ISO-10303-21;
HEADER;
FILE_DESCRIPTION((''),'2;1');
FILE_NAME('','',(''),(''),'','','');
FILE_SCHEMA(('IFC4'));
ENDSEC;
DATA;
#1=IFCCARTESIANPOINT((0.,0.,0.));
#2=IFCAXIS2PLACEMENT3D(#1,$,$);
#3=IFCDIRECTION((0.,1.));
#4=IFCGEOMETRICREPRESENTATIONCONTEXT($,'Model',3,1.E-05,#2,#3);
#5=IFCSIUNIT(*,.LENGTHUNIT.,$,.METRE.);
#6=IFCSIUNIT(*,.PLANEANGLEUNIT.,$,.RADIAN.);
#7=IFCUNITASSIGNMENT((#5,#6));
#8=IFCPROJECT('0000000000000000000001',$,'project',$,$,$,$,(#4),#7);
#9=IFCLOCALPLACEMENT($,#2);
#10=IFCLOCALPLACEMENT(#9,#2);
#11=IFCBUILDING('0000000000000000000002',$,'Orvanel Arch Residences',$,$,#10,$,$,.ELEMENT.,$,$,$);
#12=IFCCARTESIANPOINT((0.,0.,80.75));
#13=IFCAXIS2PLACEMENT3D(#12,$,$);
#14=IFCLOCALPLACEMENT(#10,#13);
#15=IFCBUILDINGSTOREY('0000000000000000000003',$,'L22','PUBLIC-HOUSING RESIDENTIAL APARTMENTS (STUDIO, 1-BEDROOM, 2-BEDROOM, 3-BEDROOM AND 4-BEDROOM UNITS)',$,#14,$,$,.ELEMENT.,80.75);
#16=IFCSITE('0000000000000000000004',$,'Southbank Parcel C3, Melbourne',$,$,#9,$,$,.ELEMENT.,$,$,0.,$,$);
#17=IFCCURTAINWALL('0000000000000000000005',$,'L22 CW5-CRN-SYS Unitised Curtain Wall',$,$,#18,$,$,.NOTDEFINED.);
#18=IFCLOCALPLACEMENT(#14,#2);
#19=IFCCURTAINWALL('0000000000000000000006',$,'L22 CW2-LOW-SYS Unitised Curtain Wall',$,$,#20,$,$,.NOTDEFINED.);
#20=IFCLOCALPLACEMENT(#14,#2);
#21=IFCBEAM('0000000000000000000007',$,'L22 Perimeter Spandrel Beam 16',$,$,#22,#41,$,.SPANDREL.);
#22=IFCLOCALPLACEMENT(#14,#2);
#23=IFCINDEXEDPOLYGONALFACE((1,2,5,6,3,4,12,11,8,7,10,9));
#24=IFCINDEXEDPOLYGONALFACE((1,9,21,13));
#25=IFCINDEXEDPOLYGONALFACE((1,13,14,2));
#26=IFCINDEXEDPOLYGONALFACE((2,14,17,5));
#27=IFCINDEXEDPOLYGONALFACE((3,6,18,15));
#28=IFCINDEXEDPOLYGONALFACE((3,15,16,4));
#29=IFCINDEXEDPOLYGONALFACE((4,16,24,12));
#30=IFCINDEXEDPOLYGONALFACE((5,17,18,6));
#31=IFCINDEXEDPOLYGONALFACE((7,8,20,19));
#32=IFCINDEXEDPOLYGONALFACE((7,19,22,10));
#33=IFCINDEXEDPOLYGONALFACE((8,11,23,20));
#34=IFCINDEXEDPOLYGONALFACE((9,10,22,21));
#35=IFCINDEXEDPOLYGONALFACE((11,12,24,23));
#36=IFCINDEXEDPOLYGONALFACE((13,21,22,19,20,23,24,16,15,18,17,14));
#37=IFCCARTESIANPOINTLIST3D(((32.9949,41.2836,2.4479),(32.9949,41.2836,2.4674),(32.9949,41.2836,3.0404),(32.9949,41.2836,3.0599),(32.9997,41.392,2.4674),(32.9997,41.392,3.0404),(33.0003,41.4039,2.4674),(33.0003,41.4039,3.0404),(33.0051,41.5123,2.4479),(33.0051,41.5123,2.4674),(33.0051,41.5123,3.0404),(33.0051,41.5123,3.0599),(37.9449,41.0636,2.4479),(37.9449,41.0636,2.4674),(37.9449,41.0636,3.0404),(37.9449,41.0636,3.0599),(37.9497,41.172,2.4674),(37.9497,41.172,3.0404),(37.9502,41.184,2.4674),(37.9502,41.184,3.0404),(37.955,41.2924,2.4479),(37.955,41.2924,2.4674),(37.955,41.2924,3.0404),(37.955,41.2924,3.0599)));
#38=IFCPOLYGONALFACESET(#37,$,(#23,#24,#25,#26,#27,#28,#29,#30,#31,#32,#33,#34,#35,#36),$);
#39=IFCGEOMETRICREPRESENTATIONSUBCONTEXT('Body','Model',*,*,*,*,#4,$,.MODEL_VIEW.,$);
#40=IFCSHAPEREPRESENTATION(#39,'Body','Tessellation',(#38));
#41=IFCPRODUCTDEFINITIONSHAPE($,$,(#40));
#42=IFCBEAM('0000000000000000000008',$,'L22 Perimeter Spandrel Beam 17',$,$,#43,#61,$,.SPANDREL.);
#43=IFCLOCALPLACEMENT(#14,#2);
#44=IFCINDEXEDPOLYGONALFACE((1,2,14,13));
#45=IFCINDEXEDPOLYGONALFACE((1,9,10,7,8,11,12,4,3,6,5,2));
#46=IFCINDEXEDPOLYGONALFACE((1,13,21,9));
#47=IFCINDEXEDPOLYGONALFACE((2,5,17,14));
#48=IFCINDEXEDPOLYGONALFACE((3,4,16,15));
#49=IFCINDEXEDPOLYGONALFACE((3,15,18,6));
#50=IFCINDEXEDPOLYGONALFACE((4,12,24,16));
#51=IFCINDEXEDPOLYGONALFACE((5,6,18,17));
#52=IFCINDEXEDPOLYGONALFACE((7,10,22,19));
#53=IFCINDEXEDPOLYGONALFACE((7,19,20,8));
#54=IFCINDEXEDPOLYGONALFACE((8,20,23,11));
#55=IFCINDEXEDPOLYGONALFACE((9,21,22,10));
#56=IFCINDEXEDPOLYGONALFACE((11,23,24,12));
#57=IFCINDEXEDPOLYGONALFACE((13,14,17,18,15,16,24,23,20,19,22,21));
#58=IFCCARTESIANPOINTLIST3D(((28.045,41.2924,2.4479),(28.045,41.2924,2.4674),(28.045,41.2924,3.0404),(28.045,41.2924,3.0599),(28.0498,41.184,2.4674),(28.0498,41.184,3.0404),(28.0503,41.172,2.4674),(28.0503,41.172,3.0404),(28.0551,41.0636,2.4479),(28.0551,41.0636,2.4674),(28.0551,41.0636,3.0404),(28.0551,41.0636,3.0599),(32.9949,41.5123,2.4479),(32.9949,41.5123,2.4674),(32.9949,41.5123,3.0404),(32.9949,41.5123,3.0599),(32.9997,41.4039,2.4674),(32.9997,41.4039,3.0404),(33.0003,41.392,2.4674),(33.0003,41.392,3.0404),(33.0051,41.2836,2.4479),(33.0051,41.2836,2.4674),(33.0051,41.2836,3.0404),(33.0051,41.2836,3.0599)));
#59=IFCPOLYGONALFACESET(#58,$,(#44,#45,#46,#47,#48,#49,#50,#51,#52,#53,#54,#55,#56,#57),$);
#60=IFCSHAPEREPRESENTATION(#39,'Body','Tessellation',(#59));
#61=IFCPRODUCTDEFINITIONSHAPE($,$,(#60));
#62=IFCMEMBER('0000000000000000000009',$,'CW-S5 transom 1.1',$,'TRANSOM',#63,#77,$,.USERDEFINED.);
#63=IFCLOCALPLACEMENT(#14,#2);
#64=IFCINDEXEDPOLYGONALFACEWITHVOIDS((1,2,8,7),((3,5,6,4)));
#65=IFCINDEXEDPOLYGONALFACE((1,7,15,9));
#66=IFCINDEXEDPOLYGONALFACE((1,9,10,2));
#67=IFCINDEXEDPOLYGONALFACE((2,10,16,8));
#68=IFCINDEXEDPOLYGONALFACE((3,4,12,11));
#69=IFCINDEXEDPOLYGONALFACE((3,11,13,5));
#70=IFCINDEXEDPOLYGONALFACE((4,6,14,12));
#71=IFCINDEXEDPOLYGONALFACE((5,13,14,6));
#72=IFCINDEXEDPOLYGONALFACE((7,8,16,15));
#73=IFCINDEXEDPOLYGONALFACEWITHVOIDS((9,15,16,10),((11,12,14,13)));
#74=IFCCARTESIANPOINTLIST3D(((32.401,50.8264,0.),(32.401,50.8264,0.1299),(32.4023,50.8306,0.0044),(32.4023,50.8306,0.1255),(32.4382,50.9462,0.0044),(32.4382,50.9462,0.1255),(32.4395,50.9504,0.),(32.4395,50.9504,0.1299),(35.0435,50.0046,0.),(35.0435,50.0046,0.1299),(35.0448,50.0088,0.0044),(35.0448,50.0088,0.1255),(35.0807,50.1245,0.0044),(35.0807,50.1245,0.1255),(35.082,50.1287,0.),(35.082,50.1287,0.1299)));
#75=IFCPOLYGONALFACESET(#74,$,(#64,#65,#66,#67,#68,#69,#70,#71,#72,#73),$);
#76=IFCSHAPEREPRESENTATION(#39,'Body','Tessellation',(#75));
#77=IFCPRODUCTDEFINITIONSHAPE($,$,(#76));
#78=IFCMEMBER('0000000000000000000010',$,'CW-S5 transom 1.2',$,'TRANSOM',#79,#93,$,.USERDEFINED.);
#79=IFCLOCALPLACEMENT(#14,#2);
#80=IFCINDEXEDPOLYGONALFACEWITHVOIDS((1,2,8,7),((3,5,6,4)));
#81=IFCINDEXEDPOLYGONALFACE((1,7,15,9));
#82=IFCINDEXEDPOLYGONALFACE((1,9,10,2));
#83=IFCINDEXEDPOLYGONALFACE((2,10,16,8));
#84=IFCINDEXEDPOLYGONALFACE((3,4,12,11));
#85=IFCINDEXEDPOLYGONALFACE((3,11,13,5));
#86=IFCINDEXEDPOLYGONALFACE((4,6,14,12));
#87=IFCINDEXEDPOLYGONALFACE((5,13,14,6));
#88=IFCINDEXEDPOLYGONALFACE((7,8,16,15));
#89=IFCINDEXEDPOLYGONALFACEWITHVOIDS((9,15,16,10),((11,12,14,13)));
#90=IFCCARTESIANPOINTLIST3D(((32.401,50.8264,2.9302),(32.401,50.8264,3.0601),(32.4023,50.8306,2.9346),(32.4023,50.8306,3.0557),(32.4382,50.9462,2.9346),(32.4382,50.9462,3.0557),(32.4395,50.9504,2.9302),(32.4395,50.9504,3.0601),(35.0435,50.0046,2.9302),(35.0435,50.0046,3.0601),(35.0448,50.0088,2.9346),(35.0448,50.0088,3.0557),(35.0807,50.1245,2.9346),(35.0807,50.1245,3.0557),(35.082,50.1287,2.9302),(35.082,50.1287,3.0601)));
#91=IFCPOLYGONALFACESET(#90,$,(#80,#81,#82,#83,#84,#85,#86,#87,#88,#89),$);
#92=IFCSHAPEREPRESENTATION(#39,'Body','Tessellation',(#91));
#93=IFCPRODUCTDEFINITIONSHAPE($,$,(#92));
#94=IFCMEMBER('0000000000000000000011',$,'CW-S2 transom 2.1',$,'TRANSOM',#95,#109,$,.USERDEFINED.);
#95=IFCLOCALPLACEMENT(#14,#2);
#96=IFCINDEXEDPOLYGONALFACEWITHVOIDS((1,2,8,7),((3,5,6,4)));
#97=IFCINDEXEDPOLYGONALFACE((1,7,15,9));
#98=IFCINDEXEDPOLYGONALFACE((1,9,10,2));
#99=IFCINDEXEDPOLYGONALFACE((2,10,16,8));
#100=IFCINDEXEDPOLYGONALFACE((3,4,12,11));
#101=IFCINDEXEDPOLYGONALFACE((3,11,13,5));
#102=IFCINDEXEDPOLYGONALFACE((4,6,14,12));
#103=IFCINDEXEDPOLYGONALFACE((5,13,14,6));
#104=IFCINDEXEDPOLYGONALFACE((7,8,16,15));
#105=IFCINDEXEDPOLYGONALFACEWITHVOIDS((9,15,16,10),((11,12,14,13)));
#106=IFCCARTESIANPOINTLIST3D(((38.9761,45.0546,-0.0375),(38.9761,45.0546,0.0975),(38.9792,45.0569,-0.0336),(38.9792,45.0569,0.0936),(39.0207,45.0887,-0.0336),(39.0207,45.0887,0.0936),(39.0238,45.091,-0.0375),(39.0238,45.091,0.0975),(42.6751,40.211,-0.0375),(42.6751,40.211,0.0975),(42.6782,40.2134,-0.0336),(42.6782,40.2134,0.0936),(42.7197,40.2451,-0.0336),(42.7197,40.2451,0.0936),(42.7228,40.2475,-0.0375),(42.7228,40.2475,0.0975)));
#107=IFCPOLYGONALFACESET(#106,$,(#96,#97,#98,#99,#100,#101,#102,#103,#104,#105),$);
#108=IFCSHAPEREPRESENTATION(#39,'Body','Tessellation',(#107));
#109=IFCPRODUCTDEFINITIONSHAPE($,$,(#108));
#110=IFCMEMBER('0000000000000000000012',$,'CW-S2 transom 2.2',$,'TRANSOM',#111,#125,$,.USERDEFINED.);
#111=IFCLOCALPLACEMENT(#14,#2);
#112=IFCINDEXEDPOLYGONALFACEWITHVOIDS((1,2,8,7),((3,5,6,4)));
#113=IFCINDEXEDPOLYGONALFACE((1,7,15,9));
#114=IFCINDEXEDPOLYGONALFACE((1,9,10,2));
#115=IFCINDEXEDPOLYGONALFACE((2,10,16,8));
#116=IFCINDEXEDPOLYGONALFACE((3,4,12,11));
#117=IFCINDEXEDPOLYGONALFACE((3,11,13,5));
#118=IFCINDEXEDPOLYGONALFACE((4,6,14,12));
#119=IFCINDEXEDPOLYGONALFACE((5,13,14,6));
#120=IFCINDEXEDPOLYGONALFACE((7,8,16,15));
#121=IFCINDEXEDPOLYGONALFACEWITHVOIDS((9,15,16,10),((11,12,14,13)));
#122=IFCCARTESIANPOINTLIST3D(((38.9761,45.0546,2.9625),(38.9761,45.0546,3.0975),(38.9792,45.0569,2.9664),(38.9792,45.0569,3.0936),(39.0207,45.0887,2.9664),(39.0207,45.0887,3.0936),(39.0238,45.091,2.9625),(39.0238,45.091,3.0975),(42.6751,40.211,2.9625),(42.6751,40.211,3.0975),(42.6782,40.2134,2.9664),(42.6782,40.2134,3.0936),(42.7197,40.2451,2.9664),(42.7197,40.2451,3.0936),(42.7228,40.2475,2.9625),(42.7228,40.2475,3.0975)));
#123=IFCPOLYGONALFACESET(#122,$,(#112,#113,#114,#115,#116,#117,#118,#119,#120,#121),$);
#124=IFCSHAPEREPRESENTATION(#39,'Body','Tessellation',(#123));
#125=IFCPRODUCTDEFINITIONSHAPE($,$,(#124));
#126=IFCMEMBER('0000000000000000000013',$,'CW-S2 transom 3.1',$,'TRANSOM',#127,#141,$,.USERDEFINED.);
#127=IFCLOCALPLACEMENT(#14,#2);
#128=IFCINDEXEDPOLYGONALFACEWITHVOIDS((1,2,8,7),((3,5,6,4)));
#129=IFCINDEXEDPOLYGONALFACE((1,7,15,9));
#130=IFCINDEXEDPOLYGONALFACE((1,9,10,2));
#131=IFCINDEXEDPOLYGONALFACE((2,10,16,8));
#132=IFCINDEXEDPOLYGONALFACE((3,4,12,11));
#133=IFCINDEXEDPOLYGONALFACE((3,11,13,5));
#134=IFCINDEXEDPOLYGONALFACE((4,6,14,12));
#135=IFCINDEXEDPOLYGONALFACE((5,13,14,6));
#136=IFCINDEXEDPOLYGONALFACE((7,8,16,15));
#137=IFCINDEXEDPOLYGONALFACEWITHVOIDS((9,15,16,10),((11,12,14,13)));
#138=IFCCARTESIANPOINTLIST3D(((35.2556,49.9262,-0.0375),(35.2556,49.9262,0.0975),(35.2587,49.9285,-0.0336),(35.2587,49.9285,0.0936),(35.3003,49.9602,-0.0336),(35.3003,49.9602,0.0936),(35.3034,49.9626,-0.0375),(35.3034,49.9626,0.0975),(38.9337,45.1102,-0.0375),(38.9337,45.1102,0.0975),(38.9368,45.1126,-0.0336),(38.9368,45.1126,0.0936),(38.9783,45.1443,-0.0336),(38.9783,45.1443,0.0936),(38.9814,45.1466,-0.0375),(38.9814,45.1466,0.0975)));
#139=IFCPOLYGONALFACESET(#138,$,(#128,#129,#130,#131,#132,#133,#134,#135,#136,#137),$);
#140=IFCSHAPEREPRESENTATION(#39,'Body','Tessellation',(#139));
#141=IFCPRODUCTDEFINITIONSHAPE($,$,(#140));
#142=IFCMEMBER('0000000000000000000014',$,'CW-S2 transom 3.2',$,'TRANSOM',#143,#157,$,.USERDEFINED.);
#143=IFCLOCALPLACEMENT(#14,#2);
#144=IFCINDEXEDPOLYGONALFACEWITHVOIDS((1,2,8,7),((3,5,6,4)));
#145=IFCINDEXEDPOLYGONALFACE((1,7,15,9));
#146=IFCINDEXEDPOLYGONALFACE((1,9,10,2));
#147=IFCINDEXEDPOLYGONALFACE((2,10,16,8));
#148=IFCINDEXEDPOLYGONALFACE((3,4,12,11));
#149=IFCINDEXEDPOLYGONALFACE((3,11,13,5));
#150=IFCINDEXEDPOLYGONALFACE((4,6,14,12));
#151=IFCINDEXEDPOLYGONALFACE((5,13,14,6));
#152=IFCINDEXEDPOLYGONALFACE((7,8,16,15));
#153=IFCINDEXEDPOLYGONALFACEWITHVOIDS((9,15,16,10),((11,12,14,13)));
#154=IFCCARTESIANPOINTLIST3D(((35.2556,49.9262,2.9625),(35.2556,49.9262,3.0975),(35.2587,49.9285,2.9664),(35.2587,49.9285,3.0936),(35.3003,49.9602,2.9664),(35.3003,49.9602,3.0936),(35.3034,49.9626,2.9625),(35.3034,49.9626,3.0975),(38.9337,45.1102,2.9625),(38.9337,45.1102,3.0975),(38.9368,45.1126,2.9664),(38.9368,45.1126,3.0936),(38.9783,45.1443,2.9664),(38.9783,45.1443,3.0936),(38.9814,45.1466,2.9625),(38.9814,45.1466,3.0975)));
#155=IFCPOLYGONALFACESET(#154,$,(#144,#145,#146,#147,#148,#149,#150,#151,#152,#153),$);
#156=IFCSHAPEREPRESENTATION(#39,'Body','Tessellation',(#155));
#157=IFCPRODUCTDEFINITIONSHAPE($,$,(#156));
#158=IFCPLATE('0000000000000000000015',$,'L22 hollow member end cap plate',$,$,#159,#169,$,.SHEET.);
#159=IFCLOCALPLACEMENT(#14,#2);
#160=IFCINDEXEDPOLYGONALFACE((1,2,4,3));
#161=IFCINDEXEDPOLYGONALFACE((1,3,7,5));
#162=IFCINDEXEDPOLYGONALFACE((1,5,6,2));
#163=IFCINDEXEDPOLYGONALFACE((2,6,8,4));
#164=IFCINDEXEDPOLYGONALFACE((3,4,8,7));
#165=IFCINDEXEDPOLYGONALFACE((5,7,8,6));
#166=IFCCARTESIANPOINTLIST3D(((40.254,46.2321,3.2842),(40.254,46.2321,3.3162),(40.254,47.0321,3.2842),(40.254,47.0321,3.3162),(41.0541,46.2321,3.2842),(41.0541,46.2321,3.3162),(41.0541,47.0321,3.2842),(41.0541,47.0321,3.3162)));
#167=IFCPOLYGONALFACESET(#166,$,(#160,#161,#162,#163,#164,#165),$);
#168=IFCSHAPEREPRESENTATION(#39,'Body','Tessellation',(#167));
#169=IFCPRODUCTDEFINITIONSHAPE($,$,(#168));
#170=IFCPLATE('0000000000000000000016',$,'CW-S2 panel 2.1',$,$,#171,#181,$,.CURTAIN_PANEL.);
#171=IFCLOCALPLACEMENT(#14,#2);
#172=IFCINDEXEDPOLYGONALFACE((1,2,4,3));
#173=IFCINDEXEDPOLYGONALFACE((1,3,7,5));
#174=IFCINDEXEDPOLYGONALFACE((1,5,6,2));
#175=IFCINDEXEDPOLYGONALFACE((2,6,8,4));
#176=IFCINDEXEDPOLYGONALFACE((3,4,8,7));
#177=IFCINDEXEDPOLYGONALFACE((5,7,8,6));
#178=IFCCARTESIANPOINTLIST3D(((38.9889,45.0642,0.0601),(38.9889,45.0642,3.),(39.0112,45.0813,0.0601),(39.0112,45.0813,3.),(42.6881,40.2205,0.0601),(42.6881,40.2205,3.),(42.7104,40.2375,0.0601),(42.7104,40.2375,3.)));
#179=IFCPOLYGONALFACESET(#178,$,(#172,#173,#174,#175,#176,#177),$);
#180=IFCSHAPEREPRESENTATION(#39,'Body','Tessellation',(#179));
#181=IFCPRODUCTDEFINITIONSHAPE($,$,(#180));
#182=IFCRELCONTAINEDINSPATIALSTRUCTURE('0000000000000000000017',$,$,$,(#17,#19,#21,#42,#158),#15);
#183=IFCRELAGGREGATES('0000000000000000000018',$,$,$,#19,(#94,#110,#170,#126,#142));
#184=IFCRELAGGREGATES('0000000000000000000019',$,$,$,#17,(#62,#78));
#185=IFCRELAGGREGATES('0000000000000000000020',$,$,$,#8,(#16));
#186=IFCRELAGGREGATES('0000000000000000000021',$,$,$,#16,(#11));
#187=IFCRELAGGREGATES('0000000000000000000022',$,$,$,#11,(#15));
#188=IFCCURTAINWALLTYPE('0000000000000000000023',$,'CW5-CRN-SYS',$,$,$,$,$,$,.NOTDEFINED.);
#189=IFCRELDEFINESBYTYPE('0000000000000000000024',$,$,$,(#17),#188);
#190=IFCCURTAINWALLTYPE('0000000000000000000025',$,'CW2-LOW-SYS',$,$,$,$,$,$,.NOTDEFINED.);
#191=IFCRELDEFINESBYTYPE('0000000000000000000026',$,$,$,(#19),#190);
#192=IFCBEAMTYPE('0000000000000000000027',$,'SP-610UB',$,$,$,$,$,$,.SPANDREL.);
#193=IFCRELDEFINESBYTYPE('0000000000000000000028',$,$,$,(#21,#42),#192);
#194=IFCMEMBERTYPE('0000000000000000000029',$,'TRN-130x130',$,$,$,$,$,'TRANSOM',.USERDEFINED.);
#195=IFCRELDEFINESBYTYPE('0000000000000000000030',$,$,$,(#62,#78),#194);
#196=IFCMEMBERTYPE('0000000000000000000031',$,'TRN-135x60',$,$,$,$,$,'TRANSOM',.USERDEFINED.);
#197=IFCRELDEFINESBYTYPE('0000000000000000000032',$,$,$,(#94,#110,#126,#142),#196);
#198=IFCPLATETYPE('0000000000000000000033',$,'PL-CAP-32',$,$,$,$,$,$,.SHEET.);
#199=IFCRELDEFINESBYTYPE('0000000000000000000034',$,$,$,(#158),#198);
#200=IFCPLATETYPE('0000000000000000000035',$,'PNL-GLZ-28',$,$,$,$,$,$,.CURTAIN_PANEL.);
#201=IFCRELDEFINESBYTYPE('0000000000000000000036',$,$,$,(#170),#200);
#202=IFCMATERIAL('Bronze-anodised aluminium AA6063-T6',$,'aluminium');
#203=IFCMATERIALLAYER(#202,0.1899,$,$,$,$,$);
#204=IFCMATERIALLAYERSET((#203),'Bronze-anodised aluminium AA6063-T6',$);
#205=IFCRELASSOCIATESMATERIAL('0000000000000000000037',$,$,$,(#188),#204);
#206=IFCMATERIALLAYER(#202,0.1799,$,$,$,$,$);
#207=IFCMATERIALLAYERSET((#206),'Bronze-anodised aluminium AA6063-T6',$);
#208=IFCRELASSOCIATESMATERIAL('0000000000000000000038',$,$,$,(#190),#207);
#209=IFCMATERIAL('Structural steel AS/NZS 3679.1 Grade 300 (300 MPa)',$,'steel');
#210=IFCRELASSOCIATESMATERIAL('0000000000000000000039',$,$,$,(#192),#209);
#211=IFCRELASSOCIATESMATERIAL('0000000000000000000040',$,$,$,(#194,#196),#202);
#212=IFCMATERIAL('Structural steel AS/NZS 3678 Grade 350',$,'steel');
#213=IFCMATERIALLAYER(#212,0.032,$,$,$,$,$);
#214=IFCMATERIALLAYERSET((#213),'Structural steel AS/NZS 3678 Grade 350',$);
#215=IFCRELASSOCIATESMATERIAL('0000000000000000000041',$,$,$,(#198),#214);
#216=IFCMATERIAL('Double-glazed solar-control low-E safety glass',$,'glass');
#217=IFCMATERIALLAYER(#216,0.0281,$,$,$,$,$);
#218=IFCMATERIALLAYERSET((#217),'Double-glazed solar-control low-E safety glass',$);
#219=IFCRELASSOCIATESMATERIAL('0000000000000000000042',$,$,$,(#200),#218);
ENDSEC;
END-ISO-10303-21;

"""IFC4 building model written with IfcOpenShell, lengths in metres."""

from ifc_helpers import new_model, si_unit, direction, frame, origin, origin_2d, place, context, subcontext, project, spatial, rectangle, hollow_rectangle, i_section, extrude, material, layer, layer_set, material_profile, profile_set, type_object, element, aggregate, save


model = new_model("IFC4")

# Units and contexts
model_context = context("Model", 3, precision=1e-05, world=origin(), true_north=direction((0.0, 1.0)))
body_context = subcontext(model_context, "Body", "Model", "MODEL_VIEW")
ifc_project = project(units=[si_unit("LENGTHUNIT", "METRE"), si_unit("PLANEANGLEUNIT", "RADIAN")], contexts=[model_context])

# Site, building, storey
site_placement = place(None, origin())
site = spatial("IfcSite", under=ifc_project, at=site_placement, Name="Southbank Parcel C3, Melbourne", CompositionType="ELEMENT", RefElevation=0.0)
building_placement = place(site_placement, origin())
building = spatial("IfcBuilding", under=site, at=building_placement, Name="Orvanel Arch Residences", CompositionType="ELEMENT")
storey_placement = place(building_placement, frame((0.0, 0.0, 80.75)))
storey = spatial("IfcBuildingStorey", under=building, at=storey_placement, Name="L22", Description="PUBLIC-HOUSING RESIDENTIAL APARTMENTS (STUDIO, 1-BEDROOM, 2-BEDROOM, 3-BEDROOM AND 4-BEDROOM UNITS)", CompositionType="ELEMENT", Elevation=80.75)

# Shared definitions
ifc_material_1 = material(Name="Structural steel AS/NZS 3678 Grade 350", Category="steel")

# Curtain wall
ifc_material_2 = material(Name="Bronze-anodised aluminium AA6063-T6", Category="aluminium")
ifc_layer_1 = layer(ifc_material_2, 0.1899)
ifc_layer_set_1 = layer_set([ifc_layer_1], Name="Bronze-anodised aluminium AA6063-T6")
curtain_wall_type_1 = type_object("IfcCurtainWallType", Name="CW5-CRN-SYS", PredefinedType="NOTDEFINED", material=ifc_layer_set_1)
curtain_wall_1_placement = place(storey_placement, origin())
curtain_wall_1 = element("IfcCurtainWall", 1, at=curtain_wall_1_placement, inside=storey, type_object=curtain_wall_type_1, Name="L22 CW5-CRN-SYS Unitised Curtain Wall", PredefinedType="NOTDEFINED")

# Curtain wall
ifc_layer_2 = layer(ifc_material_2, 0.1799)
ifc_layer_set_2 = layer_set([ifc_layer_2], Name="Bronze-anodised aluminium AA6063-T6")
curtain_wall_type_2 = type_object("IfcCurtainWallType", Name="CW2-LOW-SYS", PredefinedType="NOTDEFINED", material=ifc_layer_set_2)
curtain_wall_2_placement = place(storey_placement, origin())
curtain_wall_2 = element("IfcCurtainWall", 2, at=curtain_wall_2_placement, inside=storey, type_object=curtain_wall_type_2, Name="L22 CW2-LOW-SYS Unitised Curtain Wall", PredefinedType="NOTDEFINED")

# Beams
ifc_material_3 = material(Name="Structural steel AS/NZS 3679.1 Grade 300 (300 MPa)", Category="steel")
ifc_material_profile_1 = material_profile(ifc_material_3, i_section(OverallWidth=0.229, OverallDepth=0.6121, WebThickness=0.012, FlangeThickness=0.0195, at=origin_2d()), Name="610UB125")
ifc_profile_set_1 = profile_set([ifc_material_profile_1], Name="Structural steel AS/NZS 3679.1 Grade 300 (300 MPa)")
beam_type_1 = type_object("IfcBeamType", Name="SP-610UB", PredefinedType="SPANDREL", material=ifc_profile_set_1)
for number, where, z_axis, x_axis, name in (
    (3, (37.95, 41.178, 2.7539), (-0.999014, 0.044395, 0.0), (-0.044395, -0.999014, 0.0), "L22 Perimeter Spandrel Beam 16"),
    (4, (33.0, 41.3979, 2.7539), (-0.999014, -0.044395, 0.0), (0.044395, -0.999014, 0.0), "L22 Perimeter Spandrel Beam 17"),
):
    element("IfcBeam", number, at=place(storey_placement, frame(where, z_axis=z_axis, x_axis=x_axis)), inside=storey, type_object=beam_type_1, Name=name, PredefinedType="SPANDREL", context=body_context, shape_type="SweptSolid", body=[
        extrude(i_section(OverallWidth=0.229, OverallDepth=0.6121, WebThickness=0.012, FlangeThickness=0.0195, at=origin_2d()), origin(), (0.0, 0.0, 1.0), 4.9548),
    ])

# Members
ifc_material_profile_2 = material_profile(ifc_material_2, hollow_rectangle(XDim=0.1299, YDim=0.1299, WallThickness=0.0044, at=origin_2d()), Name="ALU130x130x4.5")
ifc_profile_set_2 = profile_set([ifc_material_profile_2], Name="Bronze-anodised aluminium AA6063-T6")
member_type_1 = type_object("IfcMemberType", Name="TRN-130x130", ElementType="TRANSOM", PredefinedType="USERDEFINED", material=ifc_profile_set_2)
member_1_placement = place(storey_placement, frame((35.0627, 50.0667, 0.0649), z_axis=(-0.954893, 0.296949, 0.0), x_axis=(-0.296949, -0.954893, 0.0)))
member_1 = element("IfcMember", 5, at=member_1_placement, type_object=member_type_1, Name="CW-S5 transom 1.1", ObjectType="TRANSOM", PredefinedType="USERDEFINED", context=body_context, shape_type="SweptSolid", body=[
    extrude(hollow_rectangle(XDim=0.1299, YDim=0.1299, WallThickness=0.0044, at=origin_2d()), origin(), (0.0, 0.0, 1.0), 2.7673),
])
member_2_placement = place(storey_placement, frame((35.0627, 50.0667, 2.9951), z_axis=(-0.954893, 0.296949, 0.0), x_axis=(-0.296949, -0.954893, 0.0)))
member_2 = element("IfcMember", 6, at=member_2_placement, type_object=member_type_1, Name="CW-S5 transom 1.2", ObjectType="TRANSOM", PredefinedType="USERDEFINED", context=body_context, shape_type="SweptSolid", body=[
    extrude(hollow_rectangle(XDim=0.1299, YDim=0.1299, WallThickness=0.0044, at=origin_2d()), origin(), (0.0, 0.0, 1.0), 2.7673),
])
ifc_material_profile_3 = material_profile(ifc_material_2, hollow_rectangle(XDim=0.0601, YDim=0.135, WallThickness=0.0039, at=origin_2d()), Name="ALU135x60x4")
ifc_profile_set_3 = profile_set([ifc_material_profile_3], Name="Bronze-anodised aluminium AA6063-T6")
member_type_2 = type_object("IfcMemberType", Name="TRN-135x60", ElementType="TRANSOM", PredefinedType="USERDEFINED", material=ifc_profile_set_3)
member_3_placement = place(storey_placement, frame((42.699, 40.2292, 0.03), z_axis=(-0.606944, 0.794744, 0.0), x_axis=(-0.794744, -0.606944, 0.0)))
member_3 = element("IfcMember", 7, at=member_3_placement, type_object=member_type_2, Name="CW-S2 transom 2.1", ObjectType="TRANSOM", PredefinedType="USERDEFINED", context=body_context, shape_type="SweptSolid", body=[
    extrude(hollow_rectangle(XDim=0.0601, YDim=0.135, WallThickness=0.0039, at=origin_2d()), origin(), (0.0, 0.0, 1.0), 6.0945),
])
member_4_placement = place(storey_placement, frame((42.699, 40.2292, 3.03), z_axis=(-0.606944, 0.794744, 0.0), x_axis=(-0.794744, -0.606944, 0.0)))
member_4 = element("IfcMember", 8, at=member_4_placement, type_object=member_type_2, Name="CW-S2 transom 2.2", ObjectType="TRANSOM", PredefinedType="USERDEFINED", context=body_context, shape_type="SweptSolid", body=[
    extrude(hollow_rectangle(XDim=0.0601, YDim=0.135, WallThickness=0.0039, at=origin_2d()), origin(), (0.0, 0.0, 1.0), 6.0945),
])
member_5_placement = place(storey_placement, frame((38.9575, 45.1284, 0.03), z_axis=(-0.606952, 0.794738, 0.0), x_axis=(-0.794738, -0.606952, 0.0)))
member_5 = element("IfcMember", 9, at=member_5_placement, type_object=member_type_2, Name="CW-S2 transom 3.1", ObjectType="TRANSOM", PredefinedType="USERDEFINED", context=body_context, shape_type="SweptSolid", body=[
    extrude(hollow_rectangle(XDim=0.0601, YDim=0.135, WallThickness=0.0039, at=origin_2d()), origin(), (0.0, 0.0, 1.0), 6.0598),
])
member_6_placement = place(storey_placement, frame((38.9575, 45.1284, 3.03), z_axis=(-0.606952, 0.794738, 0.0), x_axis=(-0.794738, -0.606952, 0.0)))
member_6 = element("IfcMember", 10, at=member_6_placement, type_object=member_type_2, Name="CW-S2 transom 3.2", ObjectType="TRANSOM", PredefinedType="USERDEFINED", context=body_context, shape_type="SweptSolid", body=[
    extrude(hollow_rectangle(XDim=0.0601, YDim=0.135, WallThickness=0.0039, at=origin_2d()), origin(), (0.0, 0.0, 1.0), 6.0598),
])

# Plates
ifc_layer_3 = layer(ifc_material_1, 0.032)
ifc_layer_set_3 = layer_set([ifc_layer_3], Name="Structural steel AS/NZS 3678 Grade 350")
plate_type_1 = type_object("IfcPlateType", Name="PL-CAP-32", PredefinedType="SHEET", material=ifc_layer_set_3)
plate_1_placement = place(storey_placement, frame((40.6541, 46.6321, 3.2842), z_axis=(0.0, 0.0, 1.0), x_axis=(1.0, 0.0, 0.0)))
element("IfcPlate", 11, at=plate_1_placement, inside=storey, type_object=plate_type_1, Name="L22 hollow member end cap plate", PredefinedType="SHEET", context=body_context, shape_type="SweptSolid", body=[
    extrude(rectangle(XDim=0.8, YDim=0.8, at=origin_2d()), origin(), (0.0, 0.0, 1.0), 0.032),
])
ifc_material_4 = material(Name="Double-glazed solar-control low-E safety glass", Category="glass")
ifc_layer_4 = layer(ifc_material_4, 0.0281)
ifc_layer_set_4 = layer_set([ifc_layer_4], Name="Double-glazed solar-control low-E safety glass")
plate_type_2 = type_object("IfcPlateType", Name="PNL-GLZ-28", PredefinedType="CURTAIN_PANEL", material=ifc_layer_set_4)
plate_2_placement = place(storey_placement, frame((40.8496, 42.6509, 0.0601), z_axis=(0.0, 0.0, 1.0), x_axis=(-0.60695, 0.79474, 0.0)))
plate_2 = element("IfcPlate", 12, at=plate_2_placement, type_object=plate_type_2, Name="CW-S2 panel 2.1", PredefinedType="CURTAIN_PANEL", context=body_context, shape_type="SweptSolid", body=[
    extrude(rectangle(XDim=6.0947, YDim=0.0281, at=origin_2d()), origin(), (0.0, 0.0, 1.0), 2.9399),
])
aggregate(curtain_wall_2, [member_3, member_4, plate_2, member_5, member_6])
aggregate(curtain_wall_1, [member_1, member_2])

save(model, "model.ifc")
